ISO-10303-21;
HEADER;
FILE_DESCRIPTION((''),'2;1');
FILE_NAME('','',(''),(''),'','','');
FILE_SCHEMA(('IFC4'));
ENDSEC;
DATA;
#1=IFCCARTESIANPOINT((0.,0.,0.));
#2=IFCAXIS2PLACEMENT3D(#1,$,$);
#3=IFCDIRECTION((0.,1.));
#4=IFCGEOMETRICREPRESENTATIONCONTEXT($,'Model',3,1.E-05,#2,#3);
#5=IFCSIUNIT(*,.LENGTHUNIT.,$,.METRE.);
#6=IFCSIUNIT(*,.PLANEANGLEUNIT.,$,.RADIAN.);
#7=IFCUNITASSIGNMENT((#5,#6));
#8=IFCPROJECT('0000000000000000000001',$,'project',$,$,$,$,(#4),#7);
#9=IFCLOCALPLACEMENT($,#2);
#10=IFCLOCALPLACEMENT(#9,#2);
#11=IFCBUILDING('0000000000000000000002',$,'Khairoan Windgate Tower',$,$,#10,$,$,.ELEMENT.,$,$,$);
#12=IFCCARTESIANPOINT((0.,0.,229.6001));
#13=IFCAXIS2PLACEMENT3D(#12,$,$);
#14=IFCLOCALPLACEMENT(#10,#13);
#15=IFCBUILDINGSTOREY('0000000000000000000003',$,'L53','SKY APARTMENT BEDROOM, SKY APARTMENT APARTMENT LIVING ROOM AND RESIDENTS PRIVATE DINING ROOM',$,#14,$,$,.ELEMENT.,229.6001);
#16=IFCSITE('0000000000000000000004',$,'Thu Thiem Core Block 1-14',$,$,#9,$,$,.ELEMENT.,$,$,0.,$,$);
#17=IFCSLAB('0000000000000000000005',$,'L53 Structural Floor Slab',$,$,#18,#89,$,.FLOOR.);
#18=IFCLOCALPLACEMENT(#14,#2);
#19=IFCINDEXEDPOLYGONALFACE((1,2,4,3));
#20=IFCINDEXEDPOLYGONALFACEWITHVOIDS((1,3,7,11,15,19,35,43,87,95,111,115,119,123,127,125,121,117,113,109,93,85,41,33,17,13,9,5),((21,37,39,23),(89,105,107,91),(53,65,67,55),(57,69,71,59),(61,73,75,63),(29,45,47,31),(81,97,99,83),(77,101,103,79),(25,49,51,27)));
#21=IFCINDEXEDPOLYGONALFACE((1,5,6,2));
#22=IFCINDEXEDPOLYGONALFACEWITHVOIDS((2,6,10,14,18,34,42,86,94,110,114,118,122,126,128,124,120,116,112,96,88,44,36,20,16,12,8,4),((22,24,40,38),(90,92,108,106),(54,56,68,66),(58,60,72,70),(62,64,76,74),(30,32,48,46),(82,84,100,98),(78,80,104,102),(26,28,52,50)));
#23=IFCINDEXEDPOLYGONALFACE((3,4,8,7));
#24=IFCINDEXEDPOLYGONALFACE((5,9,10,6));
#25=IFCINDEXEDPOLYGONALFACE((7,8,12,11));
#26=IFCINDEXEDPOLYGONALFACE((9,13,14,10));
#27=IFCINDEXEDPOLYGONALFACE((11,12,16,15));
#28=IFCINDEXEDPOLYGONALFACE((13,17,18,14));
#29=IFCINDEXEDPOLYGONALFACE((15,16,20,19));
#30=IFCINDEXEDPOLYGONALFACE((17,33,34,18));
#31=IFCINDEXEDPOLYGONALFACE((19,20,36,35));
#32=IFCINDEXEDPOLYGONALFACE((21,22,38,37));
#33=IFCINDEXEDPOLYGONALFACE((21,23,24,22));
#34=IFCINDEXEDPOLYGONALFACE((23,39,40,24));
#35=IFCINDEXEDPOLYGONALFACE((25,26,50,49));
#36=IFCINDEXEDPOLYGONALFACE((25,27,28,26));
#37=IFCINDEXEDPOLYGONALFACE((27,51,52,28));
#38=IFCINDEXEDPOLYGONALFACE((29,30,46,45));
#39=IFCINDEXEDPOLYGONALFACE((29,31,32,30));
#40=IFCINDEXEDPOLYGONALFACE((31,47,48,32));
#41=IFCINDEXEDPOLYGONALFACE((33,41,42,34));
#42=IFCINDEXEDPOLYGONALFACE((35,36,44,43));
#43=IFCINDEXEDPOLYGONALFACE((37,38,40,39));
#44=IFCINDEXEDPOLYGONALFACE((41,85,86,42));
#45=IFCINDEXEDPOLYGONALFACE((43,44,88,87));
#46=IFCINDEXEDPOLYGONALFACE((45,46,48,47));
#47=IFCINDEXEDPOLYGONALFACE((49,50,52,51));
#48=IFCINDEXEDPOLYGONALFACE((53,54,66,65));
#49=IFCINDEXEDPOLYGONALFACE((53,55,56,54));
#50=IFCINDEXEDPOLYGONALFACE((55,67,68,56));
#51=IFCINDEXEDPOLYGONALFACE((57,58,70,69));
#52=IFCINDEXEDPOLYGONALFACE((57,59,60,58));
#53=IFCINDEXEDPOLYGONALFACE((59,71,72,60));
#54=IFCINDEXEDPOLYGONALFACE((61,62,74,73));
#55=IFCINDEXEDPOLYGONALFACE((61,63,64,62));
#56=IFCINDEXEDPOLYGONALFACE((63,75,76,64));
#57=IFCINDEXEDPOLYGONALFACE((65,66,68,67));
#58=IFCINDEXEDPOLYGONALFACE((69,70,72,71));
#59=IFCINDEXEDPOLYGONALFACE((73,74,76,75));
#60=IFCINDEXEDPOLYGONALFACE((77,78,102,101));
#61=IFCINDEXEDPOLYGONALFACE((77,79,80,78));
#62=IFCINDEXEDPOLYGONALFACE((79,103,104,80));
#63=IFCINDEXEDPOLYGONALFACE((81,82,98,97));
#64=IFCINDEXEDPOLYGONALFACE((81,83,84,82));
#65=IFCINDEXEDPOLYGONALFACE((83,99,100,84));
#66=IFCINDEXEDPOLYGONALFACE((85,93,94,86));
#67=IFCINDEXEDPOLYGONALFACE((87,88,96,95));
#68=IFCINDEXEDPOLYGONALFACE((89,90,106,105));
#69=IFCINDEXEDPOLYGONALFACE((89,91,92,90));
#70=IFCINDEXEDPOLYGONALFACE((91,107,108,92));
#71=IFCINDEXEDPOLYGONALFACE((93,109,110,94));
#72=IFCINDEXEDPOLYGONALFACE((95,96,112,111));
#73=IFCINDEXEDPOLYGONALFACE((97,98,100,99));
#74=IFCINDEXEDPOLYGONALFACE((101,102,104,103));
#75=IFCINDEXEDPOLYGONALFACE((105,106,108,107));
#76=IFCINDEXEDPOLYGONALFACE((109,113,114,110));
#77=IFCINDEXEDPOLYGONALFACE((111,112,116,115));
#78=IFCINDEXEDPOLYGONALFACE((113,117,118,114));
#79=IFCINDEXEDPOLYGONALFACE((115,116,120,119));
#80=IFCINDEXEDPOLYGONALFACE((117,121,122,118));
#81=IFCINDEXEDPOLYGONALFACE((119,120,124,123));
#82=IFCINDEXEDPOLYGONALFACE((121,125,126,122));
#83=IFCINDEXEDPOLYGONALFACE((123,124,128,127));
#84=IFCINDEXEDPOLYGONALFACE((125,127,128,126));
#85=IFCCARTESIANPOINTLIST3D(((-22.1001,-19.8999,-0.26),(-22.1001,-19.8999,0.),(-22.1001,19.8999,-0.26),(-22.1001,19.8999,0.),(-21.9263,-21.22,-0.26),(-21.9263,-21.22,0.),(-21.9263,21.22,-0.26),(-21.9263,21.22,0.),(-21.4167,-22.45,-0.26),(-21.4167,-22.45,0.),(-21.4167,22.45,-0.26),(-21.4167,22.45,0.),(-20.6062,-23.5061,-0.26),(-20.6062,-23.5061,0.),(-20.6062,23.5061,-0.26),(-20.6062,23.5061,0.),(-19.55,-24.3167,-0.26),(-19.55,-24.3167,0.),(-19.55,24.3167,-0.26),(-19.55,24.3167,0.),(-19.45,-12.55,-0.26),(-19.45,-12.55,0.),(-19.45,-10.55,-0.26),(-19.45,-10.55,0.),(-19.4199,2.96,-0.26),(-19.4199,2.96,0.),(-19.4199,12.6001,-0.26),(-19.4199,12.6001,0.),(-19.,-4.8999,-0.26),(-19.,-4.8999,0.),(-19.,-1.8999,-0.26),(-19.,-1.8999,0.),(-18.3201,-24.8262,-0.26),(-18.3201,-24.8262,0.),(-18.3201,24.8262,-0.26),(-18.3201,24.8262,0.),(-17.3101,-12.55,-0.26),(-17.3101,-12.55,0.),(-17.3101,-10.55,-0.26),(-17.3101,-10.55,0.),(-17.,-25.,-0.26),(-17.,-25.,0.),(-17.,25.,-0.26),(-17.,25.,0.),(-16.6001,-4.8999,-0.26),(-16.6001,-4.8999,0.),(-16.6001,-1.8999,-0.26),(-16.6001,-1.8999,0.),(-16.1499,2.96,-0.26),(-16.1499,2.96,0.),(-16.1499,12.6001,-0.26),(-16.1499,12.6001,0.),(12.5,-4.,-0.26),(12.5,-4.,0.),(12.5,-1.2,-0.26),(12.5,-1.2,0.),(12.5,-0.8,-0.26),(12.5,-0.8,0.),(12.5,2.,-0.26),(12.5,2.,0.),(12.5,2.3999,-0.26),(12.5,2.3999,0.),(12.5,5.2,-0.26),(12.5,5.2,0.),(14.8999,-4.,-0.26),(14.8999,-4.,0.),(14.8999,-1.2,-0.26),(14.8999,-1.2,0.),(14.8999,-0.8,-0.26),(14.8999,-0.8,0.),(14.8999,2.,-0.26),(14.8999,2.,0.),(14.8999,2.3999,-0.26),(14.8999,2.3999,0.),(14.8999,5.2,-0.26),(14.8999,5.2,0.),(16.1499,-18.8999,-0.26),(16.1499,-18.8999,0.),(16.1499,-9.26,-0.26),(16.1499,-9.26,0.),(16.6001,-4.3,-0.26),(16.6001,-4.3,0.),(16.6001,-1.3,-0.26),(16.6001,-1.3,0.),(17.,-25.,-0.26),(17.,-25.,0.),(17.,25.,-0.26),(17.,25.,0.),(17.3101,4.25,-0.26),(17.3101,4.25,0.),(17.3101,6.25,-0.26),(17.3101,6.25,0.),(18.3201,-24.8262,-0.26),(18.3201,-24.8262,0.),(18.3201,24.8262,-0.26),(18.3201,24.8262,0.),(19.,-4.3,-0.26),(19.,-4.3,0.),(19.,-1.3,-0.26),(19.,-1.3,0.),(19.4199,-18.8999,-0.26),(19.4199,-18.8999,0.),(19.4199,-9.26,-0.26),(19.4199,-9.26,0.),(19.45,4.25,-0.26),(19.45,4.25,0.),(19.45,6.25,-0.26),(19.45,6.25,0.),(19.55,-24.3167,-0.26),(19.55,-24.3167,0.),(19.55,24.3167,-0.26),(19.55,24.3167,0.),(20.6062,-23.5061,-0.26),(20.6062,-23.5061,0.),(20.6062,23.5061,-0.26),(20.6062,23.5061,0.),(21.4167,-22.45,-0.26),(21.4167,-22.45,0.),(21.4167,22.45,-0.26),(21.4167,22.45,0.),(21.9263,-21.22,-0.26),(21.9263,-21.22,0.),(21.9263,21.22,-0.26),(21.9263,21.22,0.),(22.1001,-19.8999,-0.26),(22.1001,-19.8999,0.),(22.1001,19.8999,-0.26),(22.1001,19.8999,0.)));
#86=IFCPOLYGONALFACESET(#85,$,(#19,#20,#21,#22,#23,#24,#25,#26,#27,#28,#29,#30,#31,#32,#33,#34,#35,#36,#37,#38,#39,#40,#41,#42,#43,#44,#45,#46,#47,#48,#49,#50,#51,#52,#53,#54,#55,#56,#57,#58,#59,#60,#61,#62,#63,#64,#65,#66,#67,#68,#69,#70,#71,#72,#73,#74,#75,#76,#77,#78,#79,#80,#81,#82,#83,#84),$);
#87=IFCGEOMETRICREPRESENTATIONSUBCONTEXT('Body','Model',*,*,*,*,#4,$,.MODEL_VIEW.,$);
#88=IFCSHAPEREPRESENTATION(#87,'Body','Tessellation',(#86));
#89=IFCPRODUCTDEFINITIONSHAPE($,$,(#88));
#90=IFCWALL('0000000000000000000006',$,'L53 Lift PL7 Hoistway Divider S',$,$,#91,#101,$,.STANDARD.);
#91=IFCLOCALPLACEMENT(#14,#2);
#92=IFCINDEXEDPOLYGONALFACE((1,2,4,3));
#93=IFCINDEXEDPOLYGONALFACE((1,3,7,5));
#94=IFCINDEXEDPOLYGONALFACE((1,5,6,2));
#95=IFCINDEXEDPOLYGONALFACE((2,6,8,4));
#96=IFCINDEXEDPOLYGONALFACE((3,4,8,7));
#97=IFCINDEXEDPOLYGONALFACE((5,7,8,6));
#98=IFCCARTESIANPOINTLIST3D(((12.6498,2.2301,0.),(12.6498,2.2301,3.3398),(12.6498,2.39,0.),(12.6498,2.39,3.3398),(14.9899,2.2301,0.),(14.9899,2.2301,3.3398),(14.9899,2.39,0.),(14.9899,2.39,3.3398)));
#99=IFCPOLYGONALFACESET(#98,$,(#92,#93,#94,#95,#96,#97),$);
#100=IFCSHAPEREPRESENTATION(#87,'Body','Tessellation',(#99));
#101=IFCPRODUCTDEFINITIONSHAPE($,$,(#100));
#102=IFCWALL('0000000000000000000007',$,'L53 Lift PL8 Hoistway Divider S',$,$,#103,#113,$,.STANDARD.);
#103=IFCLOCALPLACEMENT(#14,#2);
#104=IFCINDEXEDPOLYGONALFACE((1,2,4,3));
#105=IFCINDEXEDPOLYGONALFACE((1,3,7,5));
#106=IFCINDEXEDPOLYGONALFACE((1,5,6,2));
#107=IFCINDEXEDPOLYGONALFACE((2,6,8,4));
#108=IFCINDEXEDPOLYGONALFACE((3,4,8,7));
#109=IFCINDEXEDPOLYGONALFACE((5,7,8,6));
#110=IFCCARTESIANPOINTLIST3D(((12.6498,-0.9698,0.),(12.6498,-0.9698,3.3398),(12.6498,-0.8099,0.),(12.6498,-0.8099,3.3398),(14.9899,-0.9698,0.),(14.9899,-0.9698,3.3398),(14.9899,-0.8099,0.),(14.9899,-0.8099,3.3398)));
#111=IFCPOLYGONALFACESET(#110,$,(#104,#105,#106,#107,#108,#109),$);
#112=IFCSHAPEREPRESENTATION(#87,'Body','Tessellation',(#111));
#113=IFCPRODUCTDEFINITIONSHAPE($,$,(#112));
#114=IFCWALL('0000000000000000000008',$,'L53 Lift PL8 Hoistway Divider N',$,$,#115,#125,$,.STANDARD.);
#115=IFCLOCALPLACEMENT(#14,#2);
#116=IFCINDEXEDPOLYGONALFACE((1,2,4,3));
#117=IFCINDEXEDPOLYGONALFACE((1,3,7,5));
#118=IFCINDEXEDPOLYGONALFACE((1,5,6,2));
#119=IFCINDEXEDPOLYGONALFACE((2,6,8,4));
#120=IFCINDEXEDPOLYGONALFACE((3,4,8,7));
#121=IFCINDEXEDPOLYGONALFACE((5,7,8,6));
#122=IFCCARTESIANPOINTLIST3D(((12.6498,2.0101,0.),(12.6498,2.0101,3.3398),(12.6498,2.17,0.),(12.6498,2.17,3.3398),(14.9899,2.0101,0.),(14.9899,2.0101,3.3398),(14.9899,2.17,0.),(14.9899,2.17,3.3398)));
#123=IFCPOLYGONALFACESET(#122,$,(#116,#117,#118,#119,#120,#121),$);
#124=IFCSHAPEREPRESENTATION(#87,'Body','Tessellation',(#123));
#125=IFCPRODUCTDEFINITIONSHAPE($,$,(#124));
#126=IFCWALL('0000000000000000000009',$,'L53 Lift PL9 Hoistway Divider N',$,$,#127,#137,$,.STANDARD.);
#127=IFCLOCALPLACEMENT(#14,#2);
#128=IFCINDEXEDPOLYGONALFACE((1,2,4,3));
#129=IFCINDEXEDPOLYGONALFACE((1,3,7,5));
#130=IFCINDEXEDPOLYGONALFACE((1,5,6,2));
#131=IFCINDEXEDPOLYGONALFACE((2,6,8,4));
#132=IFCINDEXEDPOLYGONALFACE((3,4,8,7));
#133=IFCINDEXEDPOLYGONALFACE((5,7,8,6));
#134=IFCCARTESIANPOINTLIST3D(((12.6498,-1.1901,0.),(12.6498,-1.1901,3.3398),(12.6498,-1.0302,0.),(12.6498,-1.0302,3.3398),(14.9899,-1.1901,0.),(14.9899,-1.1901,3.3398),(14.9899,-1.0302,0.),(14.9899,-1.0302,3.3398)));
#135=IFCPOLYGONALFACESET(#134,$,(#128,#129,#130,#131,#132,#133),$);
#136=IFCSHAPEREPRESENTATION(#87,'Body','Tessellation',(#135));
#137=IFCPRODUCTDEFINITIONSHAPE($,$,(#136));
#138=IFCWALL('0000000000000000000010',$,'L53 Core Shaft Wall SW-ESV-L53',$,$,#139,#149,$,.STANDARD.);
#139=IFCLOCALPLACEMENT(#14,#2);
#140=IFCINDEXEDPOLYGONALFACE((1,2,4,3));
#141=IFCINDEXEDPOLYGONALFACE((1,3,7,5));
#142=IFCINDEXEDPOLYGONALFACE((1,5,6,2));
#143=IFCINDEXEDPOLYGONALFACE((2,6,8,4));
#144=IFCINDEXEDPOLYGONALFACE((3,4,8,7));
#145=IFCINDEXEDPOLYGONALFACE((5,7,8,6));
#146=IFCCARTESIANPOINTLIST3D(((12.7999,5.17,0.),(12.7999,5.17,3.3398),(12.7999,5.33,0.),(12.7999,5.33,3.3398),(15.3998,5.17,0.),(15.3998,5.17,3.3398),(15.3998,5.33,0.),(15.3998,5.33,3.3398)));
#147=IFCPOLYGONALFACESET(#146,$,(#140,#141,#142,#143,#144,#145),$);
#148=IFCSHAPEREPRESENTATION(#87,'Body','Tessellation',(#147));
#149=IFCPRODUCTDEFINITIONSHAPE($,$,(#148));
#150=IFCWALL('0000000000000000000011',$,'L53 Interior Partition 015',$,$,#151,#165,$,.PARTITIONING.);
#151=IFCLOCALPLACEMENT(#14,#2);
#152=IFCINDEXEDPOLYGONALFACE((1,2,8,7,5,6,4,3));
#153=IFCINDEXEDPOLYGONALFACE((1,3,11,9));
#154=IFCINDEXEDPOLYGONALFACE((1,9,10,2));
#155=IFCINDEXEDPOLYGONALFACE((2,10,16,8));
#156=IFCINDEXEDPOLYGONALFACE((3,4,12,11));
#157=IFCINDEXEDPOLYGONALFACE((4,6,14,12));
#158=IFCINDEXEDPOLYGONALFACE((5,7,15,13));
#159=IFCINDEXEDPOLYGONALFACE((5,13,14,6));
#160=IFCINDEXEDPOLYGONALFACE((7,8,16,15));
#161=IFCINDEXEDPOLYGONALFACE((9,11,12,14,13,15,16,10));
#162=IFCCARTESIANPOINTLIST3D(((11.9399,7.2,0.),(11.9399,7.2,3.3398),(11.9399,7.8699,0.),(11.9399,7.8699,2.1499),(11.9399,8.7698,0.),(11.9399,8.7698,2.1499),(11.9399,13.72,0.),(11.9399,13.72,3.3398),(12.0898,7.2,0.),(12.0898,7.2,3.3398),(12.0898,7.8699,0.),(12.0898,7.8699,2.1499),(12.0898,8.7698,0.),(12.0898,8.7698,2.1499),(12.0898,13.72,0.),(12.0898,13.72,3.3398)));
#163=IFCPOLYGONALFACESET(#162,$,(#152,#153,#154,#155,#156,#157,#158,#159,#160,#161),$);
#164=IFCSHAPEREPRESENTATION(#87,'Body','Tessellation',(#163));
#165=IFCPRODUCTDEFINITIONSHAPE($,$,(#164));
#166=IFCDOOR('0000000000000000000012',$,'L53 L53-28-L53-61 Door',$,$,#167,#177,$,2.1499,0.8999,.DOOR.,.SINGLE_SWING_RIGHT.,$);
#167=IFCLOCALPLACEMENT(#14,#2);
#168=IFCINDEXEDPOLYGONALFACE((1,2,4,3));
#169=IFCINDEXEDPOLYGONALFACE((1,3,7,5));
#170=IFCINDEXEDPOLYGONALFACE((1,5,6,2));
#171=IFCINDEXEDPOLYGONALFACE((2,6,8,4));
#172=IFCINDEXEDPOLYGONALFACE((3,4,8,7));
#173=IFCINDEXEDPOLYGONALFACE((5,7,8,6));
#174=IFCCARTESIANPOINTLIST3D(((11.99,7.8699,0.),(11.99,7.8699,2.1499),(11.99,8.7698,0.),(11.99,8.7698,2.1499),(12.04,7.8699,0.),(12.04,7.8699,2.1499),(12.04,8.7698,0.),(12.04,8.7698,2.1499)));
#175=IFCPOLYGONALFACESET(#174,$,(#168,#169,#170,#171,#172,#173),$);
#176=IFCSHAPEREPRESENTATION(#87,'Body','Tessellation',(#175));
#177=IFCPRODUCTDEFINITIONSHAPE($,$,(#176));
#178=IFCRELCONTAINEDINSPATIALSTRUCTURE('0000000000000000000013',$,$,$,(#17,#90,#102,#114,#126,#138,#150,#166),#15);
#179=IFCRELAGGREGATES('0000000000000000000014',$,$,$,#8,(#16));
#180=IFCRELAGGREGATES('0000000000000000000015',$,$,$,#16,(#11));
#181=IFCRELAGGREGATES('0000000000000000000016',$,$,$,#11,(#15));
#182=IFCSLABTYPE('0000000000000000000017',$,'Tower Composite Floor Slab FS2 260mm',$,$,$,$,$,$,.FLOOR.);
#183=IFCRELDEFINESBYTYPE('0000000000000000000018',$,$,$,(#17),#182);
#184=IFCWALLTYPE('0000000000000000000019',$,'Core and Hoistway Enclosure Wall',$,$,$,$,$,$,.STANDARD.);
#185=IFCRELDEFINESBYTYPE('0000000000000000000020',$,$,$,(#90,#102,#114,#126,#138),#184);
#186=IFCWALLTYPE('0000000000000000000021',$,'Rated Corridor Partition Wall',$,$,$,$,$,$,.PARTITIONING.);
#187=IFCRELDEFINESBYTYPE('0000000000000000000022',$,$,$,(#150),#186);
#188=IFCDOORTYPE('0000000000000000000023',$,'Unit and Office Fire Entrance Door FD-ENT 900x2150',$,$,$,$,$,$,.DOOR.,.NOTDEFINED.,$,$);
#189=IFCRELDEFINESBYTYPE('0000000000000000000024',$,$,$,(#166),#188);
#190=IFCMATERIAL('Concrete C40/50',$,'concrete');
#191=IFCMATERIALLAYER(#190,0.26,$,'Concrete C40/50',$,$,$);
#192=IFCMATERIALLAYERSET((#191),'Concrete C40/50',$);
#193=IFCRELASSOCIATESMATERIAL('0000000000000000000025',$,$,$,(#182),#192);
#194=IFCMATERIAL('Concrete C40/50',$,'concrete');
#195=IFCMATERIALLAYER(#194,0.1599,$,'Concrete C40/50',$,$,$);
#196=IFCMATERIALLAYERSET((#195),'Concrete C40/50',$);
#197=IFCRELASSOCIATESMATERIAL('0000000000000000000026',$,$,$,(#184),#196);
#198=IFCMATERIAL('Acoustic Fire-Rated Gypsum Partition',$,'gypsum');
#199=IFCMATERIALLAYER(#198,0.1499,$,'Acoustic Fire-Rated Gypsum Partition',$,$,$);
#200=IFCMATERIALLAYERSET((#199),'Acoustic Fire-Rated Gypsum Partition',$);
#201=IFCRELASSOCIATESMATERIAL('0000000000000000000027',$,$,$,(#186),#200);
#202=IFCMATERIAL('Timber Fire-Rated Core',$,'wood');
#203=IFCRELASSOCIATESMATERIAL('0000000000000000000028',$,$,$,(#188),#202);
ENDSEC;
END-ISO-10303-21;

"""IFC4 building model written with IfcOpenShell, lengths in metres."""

from ifc_helpers import new_model, si_unit, direction, frame, frame_2d, origin, place, context, subcontext, project, spatial, polyline, rectangle, outline, extrude, material, layer, layer_set, type_object, element, fill, save


model = new_model("IFC4")

# Units and contexts
model_context = context("Model", 3, precision=1e-05, world=origin(), true_north=direction((0.0, 1.0)))
body_context = subcontext(model_context, "Body", "Model", "MODEL_VIEW")
ifc_project = project(units=[si_unit("LENGTHUNIT", "METRE"), si_unit("PLANEANGLEUNIT", "RADIAN")], contexts=[model_context])

# Site, building, storey
site_placement = place(None, origin())
site = spatial("IfcSite", under=ifc_project, at=site_placement, Name="Thu Thiem Core Block 1-14", CompositionType="ELEMENT", RefElevation=0.0)
building_placement = place(site_placement, origin())
building = spatial("IfcBuilding", under=site, at=building_placement, Name="Khairoan Windgate Tower", CompositionType="ELEMENT")
storey_placement = place(building_placement, frame((0.0, 0.0, 229.6001)))
storey = spatial("IfcBuildingStorey", under=building, at=storey_placement, Name="L53", Description="SKY APARTMENT BEDROOM, SKY APARTMENT APARTMENT LIVING ROOM AND RESIDENTS PRIVATE DINING ROOM", CompositionType="ELEMENT", Elevation=229.6001)

# Slab
ifc_material_1 = material(Name="Concrete C40/50", Category="concrete")
ifc_layer_1 = layer(ifc_material_1, 0.26, Name="Concrete C40/50")
ifc_layer_set_1 = layer_set([ifc_layer_1], Name="Concrete C40/50")
slab_type_1 = type_object("IfcSlabType", Name="Tower Composite Floor Slab FS2 260mm", PredefinedType="FLOOR", material=ifc_layer_set_1)
slab_1_placement = place(storey_placement, frame((0.0, 0.0, -0.26)))
element("IfcSlab", 1, at=slab_1_placement, inside=storey, type_object=slab_type_1, Name="L53 Structural Floor Slab", PredefinedType="FLOOR", context=body_context, shape_type="SweptSolid", body=[
    extrude(outline(polyline([(17.0, -25.0), (18.3201, -24.8262), (19.55, -24.3167), (20.6062, -23.5061), (21.4167, -22.45), (21.9263, -21.22), (22.1001, -19.8999), (22.1001, 19.8999), (21.9263, 21.22), (21.4167, 22.45), (20.6062, 23.5061), (19.55, 24.3167), (18.3201, 24.8262), (17.0, 25.0), (-17.0, 25.0), (-18.3201, 24.8262), (-19.55, 24.3167), (-20.6062, 23.5061), (-21.4167, 22.45), (-21.9263, 21.22), (-22.1001, 19.8999), (-22.1001, -19.8999), (-21.9263, -21.22), (-21.4167, -22.45), (-20.6062, -23.5061), (-19.55, -24.3167), (-18.3201, -24.8262), (-17.0, -25.0), (17.0, -25.0)]), holes=[polyline([(16.1499, -9.26), (16.1499, -18.8999), (19.4199, -18.8999), (19.4199, -9.26), (16.1499, -9.26)]), polyline([(-16.1499, 2.96), (-16.1499, 12.6001), (-19.4199, 12.6001), (-19.4199, 2.96), (-16.1499, 2.96)]), polyline([(12.5, 2.3999), (14.8999, 2.3999), (14.8999, 5.2), (12.5, 5.2), (12.5, 2.3999)]), polyline([(12.5, -0.8), (14.8999, -0.8), (14.8999, 2.0), (12.5, 2.0), (12.5, -0.8)]), polyline([(12.5, -4.0), (14.8999, -4.0), (14.8999, -1.2), (12.5, -1.2), (12.5, -4.0)]), polyline([(16.6001, -4.3), (19.0, -4.3), (19.0, -1.3), (16.6001, -1.3), (16.6001, -4.3)]), polyline([(-19.0, -4.8999), (-16.6001, -4.8999), (-16.6001, -1.8999), (-19.0, -1.8999), (-19.0, -4.8999)]), polyline([(-19.45, -12.55), (-17.3101, -12.55), (-17.3101, -10.55), (-19.45, -10.55), (-19.45, -12.55)]), polyline([(17.3101, 4.25), (19.45, 4.25), (19.45, 6.25), (17.3101, 6.25), (17.3101, 4.25)])]), origin(), (0.0, 0.0, 1.0), 0.26),
])

# Walls
ifc_material_2 = material(Name="Concrete C40/50", Category="concrete")
ifc_layer_2 = layer(ifc_material_2, 0.1599, Name="Concrete C40/50")
ifc_layer_set_2 = layer_set([ifc_layer_2], Name="Concrete C40/50")
wall_type_1 = type_object("IfcWallType", Name="Core and Hoistway Enclosure Wall", PredefinedType="STANDARD", material=ifc_layer_set_2)
for number, where, z_axis, x_axis, name in (
    (2, (12.6499, 2.3101, 0.0), (0.0, 0.0, 1.0), (1.0, 0.0, 0.0), "L53 Lift PL7 Hoistway Divider S"),
    (3, (12.6499, -0.8899, 0.0), (0.0, 0.0, 1.0), (1.0, 0.0, 0.0), "L53 Lift PL8 Hoistway Divider S"),
    (4, (12.6499, 2.0901, 0.0), (0.0, 0.0, 1.0), (1.0, 0.0, 0.0), "L53 Lift PL8 Hoistway Divider N"),
    (5, (12.6499, -1.1101, 0.0), (0.0, 0.0, 1.0), (1.0, 0.0, 0.0), "L53 Lift PL9 Hoistway Divider N"),
):
    element("IfcWall", number, at=place(storey_placement, frame(where, z_axis=z_axis, x_axis=x_axis)), inside=storey, type_object=wall_type_1, Name=name, PredefinedType="STANDARD", context=body_context, shape_type="SweptSolid", body=[
        extrude(rectangle(XDim=2.3401, YDim=0.1599, at=frame_2d((1.1699, 0.0))), origin(), (0.0, 0.0, 1.0), 3.3398),
    ])
wall_1_placement = place(storey_placement, frame((12.8, 5.25, 0.0), z_axis=(0.0, 0.0, 1.0), x_axis=(1.0, 0.0, 0.0)))
element("IfcWall", 6, at=wall_1_placement, inside=storey, type_object=wall_type_1, Name="L53 Core Shaft Wall SW-ESV-L53", PredefinedType="STANDARD", context=body_context, shape_type="SweptSolid", body=[
    extrude(rectangle(XDim=2.5999, YDim=0.1599, at=frame_2d((1.2998, 0.0))), origin(), (0.0, 0.0, 1.0), 3.3398),
])

# Wall, opening, door
ifc_material_3 = material(Name="Acoustic Fire-Rated Gypsum Partition", Category="gypsum")
ifc_layer_3 = layer(ifc_material_3, 0.1499, Name="Acoustic Fire-Rated Gypsum Partition")
ifc_layer_set_3 = layer_set([ifc_layer_3], Name="Acoustic Fire-Rated Gypsum Partition")
wall_type_2 = type_object("IfcWallType", Name="Rated Corridor Partition Wall", PredefinedType="PARTITIONING", material=ifc_layer_set_3)
wall_2_placement = place(storey_placement, frame((12.0149, 7.2, 0.0), z_axis=(0.0, 0.0, 1.0), x_axis=(0.0, 1.0, 0.0)))
wall_2 = element("IfcWall", 7, at=wall_2_placement, inside=storey, type_object=wall_type_2, Name="L53 Interior Partition 015", PredefinedType="PARTITIONING", context=body_context, shape_type="SweptSolid", body=[
    extrude(rectangle(XDim=6.52, YDim=0.1499, at=frame_2d((3.26, 0.0))), origin(), (0.0, 0.0, 1.0), 3.3398),
])
opening_1_placement = place(wall_2_placement, frame((0.6699, 0.0, 0.0)))
opening_1 = element("IfcOpeningElement", 8, at=opening_1_placement, cuts=wall_2, PredefinedType="OPENING", context=body_context, shape_type="SweptSolid", body=[
    extrude(rectangle(XDim=0.8999, YDim=2.1499, at=frame_2d((0.45, 1.075))), frame((0.0, 0.085, 0.0), z_axis=(0.0, -1.0, 0.0), x_axis=(1.0, 0.0, 0.0)), (0.0, 0.0, 1.0), 0.1699),
])
ifc_material_4 = material(Name="Timber Fire-Rated Core", Category="wood")
door_type = type_object("IfcDoorType", Name="Unit and Office Fire Entrance Door FD-ENT 900x2150", OperationType="NOTDEFINED", PredefinedType="DOOR", material=ifc_material_4)
door_1_placement = place(opening_1_placement, origin())
door_1 = element("IfcDoor", 9, at=door_1_placement, inside=storey, type_object=door_type, Name="L53 L53-28-L53-61 Door", OperationType="SINGLE_SWING_RIGHT", OverallHeight=2.1499, OverallWidth=0.8999, PredefinedType="DOOR", context=body_context, shape_type="SweptSolid", body=[
    extrude(rectangle(XDim=0.8999, YDim=2.1499, at=frame_2d((0.45, 1.075))), frame((0.0, 0.0249, 0.0), z_axis=(0.0, -1.0, 0.0), x_axis=(1.0, 0.0, 0.0)), (0.0, 0.0, 1.0), 0.05),
])
fill(opening_1, door_1)

save(model, "model.ifc")
